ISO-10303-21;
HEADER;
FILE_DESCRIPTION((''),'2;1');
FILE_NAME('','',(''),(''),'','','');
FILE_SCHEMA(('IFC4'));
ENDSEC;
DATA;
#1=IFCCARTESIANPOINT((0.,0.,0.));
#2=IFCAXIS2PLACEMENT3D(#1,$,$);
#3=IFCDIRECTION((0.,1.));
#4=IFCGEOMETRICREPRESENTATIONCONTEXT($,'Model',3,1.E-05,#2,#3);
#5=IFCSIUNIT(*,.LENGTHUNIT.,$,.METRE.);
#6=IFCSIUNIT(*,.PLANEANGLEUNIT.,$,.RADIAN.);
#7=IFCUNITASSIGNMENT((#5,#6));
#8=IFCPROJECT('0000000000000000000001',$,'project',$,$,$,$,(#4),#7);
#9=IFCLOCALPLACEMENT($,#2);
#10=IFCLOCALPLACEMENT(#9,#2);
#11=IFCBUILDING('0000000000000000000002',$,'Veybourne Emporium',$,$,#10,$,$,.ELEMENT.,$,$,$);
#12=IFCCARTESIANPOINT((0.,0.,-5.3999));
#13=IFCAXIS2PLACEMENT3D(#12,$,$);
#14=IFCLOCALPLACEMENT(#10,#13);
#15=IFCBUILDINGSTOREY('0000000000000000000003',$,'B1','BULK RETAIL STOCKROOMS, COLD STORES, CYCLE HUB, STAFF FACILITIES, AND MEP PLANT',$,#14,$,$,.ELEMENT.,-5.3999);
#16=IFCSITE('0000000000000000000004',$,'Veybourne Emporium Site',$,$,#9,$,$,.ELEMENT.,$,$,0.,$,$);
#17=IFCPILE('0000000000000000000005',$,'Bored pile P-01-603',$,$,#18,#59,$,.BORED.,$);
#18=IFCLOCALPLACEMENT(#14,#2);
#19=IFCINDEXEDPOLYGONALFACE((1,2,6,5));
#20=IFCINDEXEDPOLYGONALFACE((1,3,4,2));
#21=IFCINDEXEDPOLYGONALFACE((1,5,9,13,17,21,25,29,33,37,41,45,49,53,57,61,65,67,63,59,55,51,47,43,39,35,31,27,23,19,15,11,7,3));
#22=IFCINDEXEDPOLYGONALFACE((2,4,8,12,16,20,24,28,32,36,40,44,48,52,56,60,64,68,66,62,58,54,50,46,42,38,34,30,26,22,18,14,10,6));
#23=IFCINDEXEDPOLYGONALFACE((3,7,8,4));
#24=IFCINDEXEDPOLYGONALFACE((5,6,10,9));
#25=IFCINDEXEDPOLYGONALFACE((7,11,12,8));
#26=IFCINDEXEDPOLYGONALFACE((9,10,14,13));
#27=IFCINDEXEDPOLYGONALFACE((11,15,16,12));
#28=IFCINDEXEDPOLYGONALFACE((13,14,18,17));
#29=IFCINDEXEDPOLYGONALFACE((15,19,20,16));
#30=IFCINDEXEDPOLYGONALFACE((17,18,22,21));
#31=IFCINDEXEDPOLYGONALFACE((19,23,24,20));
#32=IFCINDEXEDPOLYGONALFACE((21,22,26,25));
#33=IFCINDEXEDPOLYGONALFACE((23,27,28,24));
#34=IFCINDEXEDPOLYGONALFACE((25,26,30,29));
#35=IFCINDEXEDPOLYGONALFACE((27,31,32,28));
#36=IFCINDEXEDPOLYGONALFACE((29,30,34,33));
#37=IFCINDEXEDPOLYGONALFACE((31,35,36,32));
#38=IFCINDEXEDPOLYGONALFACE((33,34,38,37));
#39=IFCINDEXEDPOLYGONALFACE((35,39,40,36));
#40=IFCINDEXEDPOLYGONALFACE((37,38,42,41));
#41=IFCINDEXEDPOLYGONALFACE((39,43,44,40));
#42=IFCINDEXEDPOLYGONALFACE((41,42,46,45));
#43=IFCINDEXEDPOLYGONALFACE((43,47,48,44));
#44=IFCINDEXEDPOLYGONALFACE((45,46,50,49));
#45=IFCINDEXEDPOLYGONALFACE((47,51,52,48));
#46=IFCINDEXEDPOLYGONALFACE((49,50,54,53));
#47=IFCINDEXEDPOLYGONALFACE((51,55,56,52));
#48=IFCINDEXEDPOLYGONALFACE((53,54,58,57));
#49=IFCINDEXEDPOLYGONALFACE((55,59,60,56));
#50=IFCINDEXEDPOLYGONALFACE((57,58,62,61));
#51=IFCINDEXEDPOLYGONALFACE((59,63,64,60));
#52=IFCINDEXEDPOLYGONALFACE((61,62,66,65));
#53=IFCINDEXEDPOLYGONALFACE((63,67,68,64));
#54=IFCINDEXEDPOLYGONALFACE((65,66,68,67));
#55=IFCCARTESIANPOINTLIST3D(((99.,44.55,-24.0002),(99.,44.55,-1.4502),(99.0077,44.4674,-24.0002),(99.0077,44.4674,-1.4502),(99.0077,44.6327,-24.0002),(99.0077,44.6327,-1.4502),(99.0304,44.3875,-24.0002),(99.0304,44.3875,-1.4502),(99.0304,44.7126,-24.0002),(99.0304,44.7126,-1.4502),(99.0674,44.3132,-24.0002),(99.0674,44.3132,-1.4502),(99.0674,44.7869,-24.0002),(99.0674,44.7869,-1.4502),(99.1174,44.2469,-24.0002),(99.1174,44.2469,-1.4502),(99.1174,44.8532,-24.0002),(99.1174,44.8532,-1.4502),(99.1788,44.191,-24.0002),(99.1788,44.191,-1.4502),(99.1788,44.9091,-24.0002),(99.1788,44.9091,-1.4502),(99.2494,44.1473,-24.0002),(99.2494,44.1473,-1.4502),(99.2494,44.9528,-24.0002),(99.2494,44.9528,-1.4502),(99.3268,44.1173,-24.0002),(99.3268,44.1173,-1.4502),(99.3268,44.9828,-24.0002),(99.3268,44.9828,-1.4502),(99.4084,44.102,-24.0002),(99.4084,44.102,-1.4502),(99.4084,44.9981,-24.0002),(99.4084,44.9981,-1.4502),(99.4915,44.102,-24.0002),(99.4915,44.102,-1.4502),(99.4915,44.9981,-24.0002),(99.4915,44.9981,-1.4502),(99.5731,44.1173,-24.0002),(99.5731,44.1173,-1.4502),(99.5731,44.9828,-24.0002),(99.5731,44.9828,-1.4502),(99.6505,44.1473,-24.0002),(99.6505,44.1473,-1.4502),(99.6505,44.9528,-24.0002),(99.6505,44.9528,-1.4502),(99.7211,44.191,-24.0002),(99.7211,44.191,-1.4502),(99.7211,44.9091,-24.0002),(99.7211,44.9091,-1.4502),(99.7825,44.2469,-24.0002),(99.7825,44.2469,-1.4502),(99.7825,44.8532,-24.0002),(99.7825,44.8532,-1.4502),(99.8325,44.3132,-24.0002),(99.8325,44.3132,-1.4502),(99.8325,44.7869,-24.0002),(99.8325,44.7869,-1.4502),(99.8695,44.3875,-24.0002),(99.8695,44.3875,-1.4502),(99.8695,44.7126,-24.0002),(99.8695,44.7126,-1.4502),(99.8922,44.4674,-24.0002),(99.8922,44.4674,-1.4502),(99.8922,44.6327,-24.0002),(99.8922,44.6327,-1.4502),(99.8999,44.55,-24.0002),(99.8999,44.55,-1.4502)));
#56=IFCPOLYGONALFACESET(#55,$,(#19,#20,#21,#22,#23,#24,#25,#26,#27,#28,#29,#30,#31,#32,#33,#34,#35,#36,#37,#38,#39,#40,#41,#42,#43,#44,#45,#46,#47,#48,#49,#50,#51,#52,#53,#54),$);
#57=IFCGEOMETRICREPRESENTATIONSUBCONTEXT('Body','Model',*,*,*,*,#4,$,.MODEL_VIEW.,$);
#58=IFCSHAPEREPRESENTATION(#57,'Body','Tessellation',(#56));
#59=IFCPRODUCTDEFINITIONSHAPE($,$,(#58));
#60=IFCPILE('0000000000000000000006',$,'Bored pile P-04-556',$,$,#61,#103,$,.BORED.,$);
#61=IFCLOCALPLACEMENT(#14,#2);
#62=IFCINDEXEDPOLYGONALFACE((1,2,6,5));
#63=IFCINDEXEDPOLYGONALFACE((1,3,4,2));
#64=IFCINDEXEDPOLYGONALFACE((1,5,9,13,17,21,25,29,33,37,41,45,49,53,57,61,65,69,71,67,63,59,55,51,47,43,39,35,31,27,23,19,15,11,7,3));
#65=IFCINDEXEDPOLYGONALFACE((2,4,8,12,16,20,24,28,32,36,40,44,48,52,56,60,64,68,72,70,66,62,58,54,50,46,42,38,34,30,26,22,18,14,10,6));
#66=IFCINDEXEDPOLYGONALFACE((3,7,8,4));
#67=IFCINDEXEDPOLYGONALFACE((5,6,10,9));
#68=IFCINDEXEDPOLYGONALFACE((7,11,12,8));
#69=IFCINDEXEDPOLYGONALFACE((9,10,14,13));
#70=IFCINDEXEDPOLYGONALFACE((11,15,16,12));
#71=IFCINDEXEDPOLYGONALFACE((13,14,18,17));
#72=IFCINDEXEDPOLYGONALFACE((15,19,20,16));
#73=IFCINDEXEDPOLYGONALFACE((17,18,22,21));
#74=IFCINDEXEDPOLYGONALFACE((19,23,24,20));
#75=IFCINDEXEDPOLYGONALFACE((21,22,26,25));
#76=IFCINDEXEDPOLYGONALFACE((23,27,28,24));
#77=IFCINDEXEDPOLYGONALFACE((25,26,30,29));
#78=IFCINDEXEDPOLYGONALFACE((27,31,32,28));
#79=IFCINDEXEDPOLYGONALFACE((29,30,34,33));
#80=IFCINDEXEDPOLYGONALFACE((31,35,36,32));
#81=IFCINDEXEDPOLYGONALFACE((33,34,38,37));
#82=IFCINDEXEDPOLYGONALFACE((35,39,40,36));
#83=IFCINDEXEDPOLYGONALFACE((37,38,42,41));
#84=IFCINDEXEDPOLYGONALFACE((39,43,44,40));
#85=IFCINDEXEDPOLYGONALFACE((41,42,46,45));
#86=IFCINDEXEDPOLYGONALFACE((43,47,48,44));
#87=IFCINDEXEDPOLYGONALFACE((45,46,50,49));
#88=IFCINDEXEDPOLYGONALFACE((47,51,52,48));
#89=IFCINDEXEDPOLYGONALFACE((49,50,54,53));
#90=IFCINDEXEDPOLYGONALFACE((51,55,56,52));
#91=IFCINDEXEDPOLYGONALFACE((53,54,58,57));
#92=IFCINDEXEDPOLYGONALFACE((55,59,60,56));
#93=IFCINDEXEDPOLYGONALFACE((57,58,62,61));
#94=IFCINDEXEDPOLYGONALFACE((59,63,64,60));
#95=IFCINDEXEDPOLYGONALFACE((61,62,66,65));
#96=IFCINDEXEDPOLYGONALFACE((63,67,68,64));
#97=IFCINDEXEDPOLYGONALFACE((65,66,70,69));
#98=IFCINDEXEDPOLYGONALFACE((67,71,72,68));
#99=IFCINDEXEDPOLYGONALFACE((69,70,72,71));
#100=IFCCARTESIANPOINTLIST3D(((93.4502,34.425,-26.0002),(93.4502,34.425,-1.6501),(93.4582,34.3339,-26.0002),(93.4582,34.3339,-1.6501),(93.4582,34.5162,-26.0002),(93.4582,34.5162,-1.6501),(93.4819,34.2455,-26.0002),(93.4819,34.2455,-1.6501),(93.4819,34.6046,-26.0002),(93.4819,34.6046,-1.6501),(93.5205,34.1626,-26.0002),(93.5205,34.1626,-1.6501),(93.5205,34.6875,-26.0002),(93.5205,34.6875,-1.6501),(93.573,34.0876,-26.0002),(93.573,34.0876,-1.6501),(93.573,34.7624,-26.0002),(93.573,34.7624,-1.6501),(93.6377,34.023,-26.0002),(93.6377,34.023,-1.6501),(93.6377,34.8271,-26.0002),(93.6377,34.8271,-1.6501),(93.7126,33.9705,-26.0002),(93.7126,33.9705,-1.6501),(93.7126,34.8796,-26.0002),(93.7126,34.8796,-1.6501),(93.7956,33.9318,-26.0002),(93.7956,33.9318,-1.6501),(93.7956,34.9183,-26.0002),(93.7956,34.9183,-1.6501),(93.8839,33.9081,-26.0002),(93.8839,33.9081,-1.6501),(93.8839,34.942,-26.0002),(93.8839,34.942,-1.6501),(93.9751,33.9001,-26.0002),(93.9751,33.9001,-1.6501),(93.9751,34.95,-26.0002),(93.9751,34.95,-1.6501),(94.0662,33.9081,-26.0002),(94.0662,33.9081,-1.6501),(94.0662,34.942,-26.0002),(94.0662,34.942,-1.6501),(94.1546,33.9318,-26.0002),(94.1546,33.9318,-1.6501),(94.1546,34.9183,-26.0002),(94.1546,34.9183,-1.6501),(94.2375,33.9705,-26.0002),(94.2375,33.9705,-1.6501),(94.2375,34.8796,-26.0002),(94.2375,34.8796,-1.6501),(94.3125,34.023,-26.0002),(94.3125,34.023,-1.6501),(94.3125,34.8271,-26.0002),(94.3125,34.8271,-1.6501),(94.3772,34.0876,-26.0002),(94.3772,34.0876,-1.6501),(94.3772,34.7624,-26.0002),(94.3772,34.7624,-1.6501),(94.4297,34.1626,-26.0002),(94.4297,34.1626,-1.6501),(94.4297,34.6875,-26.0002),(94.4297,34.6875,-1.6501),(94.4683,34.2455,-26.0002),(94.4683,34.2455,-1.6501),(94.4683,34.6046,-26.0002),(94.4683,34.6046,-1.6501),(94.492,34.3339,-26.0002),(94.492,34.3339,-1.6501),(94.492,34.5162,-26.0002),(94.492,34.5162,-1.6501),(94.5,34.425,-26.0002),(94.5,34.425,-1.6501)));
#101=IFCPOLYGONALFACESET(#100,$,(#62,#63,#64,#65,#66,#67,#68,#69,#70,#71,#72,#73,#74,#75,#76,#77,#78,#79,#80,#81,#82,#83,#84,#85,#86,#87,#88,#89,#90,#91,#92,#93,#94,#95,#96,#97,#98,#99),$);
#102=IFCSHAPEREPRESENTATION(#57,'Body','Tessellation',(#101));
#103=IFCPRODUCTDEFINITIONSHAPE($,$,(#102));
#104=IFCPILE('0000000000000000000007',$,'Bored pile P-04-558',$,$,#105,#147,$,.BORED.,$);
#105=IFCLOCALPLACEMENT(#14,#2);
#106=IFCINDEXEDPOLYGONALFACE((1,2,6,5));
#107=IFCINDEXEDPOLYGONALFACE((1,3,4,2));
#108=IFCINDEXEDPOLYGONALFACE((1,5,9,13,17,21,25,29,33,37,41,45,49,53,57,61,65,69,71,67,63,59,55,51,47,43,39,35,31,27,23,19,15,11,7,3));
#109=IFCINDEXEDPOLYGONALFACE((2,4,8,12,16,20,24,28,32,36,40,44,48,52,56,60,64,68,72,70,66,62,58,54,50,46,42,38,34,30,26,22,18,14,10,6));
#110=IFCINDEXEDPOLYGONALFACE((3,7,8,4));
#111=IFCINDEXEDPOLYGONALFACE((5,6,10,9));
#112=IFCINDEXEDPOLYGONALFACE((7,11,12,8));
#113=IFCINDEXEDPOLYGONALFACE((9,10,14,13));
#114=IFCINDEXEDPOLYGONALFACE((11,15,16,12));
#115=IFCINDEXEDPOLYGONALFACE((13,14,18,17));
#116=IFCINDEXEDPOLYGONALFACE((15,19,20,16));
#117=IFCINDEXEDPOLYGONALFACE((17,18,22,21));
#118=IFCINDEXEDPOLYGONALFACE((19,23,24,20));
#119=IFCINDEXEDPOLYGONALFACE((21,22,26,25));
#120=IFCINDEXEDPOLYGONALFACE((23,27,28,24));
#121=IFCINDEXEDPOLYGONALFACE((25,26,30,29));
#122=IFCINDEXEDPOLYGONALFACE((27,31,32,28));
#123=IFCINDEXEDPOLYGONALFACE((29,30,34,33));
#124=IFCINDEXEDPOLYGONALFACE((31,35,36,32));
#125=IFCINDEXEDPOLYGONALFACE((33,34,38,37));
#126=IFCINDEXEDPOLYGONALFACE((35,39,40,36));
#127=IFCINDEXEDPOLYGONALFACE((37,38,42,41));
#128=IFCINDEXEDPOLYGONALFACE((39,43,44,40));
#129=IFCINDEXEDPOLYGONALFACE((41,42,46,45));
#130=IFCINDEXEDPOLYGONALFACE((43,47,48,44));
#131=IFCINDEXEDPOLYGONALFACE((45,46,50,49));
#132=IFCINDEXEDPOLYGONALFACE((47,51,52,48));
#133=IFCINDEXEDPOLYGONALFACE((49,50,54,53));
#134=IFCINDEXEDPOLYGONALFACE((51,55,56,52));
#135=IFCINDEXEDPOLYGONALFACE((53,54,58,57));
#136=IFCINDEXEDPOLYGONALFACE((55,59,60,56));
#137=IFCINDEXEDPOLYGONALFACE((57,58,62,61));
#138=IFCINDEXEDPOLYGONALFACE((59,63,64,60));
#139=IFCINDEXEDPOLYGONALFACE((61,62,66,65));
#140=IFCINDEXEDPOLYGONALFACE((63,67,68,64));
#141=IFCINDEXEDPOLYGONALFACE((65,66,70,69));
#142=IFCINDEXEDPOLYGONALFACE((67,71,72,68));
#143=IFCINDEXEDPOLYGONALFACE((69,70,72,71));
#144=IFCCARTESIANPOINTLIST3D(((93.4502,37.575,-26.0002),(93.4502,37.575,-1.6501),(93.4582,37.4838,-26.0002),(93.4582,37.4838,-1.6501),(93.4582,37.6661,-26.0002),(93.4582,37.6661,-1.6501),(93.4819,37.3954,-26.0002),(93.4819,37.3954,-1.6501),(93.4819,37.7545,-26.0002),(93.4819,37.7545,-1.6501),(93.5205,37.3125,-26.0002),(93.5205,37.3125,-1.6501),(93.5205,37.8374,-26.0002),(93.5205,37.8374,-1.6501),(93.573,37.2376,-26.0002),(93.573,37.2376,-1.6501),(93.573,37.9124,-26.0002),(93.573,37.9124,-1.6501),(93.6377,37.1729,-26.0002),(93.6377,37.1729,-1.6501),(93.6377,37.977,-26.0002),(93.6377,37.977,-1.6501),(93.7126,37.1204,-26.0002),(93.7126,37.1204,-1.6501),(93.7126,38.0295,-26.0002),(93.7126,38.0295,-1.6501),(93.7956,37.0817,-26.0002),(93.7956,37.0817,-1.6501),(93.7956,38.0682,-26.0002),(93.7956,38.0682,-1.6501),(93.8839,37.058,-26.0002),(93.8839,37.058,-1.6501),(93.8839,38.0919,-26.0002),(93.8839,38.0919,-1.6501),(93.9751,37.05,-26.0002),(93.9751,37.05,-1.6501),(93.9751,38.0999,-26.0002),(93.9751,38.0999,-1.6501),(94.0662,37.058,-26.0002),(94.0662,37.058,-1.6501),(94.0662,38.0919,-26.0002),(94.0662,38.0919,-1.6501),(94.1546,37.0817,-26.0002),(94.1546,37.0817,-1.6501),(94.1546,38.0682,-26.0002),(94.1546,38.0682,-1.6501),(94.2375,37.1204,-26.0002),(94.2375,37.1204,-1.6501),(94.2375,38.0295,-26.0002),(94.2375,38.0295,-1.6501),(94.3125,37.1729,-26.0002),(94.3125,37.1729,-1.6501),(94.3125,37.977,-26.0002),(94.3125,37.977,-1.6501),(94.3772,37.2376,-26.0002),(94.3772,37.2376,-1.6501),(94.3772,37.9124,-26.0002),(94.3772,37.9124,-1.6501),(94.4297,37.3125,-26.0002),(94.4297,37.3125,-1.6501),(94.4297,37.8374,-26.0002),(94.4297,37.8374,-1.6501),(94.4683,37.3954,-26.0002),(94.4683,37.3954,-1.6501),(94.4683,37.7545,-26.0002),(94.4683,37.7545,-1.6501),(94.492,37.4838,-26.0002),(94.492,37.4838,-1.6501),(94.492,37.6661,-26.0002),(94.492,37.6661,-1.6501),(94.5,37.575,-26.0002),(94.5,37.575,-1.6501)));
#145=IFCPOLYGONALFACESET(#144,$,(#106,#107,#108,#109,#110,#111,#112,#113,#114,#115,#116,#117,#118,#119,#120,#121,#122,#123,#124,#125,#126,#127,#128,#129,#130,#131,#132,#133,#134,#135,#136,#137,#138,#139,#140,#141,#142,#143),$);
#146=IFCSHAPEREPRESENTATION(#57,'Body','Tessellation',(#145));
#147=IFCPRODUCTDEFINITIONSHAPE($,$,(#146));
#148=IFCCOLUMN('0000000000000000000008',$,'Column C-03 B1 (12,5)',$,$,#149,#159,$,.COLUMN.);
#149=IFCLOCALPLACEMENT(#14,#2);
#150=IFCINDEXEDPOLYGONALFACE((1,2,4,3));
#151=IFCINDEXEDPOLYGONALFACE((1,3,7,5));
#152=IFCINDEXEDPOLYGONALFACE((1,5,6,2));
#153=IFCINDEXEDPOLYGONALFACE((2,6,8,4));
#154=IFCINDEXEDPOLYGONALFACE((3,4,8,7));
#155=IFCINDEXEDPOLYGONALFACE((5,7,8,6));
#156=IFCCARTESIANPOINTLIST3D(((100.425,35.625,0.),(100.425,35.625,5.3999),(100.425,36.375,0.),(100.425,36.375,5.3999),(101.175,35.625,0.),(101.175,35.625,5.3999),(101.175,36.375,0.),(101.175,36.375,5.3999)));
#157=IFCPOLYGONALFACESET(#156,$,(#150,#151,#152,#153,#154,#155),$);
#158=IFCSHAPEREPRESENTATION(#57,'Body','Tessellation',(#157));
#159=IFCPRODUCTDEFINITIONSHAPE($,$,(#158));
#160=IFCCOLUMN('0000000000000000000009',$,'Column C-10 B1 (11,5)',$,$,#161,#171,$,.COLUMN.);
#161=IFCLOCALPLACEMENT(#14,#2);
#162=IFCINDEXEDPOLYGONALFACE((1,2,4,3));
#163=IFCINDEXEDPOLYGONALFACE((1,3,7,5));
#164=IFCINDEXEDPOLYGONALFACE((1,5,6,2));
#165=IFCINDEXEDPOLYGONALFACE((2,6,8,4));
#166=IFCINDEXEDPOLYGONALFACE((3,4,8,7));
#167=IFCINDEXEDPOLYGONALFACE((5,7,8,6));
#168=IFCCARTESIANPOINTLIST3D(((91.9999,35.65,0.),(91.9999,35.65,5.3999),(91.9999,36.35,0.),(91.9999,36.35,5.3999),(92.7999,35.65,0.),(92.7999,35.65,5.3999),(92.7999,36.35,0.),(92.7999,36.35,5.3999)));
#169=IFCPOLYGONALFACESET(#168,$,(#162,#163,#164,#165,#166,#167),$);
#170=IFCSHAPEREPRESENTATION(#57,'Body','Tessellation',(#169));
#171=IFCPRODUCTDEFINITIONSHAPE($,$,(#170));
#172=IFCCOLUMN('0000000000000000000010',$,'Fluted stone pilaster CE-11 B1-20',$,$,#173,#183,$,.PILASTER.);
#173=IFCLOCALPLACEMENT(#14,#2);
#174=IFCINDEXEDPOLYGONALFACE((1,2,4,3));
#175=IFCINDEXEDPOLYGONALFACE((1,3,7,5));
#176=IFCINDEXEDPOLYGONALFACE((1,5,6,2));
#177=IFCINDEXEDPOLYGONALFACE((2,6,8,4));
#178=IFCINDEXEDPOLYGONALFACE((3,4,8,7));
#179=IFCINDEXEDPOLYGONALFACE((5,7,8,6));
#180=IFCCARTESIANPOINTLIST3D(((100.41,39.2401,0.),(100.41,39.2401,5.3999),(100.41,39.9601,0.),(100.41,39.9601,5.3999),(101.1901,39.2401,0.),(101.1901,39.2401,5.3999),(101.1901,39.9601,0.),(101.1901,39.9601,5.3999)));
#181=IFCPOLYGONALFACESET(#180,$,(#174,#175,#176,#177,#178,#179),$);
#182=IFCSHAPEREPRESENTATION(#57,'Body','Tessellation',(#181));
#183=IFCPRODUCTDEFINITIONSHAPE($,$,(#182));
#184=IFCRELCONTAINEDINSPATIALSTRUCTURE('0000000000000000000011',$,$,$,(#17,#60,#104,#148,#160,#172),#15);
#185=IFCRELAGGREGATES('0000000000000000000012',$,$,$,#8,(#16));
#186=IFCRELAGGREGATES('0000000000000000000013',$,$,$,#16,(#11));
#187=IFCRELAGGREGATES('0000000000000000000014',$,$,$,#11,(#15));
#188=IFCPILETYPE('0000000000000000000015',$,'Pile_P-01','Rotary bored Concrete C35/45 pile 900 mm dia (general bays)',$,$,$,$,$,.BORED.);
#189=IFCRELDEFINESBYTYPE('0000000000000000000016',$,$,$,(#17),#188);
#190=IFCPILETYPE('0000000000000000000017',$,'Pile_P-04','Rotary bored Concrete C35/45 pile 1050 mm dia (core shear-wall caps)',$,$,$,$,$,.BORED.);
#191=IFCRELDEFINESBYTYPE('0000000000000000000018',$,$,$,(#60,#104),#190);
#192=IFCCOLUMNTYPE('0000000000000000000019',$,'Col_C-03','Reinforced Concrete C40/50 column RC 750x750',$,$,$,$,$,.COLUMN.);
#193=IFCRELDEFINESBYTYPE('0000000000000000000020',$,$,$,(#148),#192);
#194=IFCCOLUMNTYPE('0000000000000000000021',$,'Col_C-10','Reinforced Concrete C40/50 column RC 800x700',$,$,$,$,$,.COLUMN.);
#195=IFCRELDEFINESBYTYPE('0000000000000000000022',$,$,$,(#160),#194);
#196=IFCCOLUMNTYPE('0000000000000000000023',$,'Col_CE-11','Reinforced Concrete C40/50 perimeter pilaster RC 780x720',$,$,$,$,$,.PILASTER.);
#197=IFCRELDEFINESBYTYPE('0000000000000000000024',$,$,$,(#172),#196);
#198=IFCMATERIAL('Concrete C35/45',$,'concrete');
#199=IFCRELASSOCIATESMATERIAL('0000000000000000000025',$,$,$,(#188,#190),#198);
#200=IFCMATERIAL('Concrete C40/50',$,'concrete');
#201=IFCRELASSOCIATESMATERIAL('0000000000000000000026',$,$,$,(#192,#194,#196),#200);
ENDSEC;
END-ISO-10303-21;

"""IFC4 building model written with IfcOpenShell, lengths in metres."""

from ifc_helpers import new_model, si_unit, direction, frame, origin, origin_2d, place, context, subcontext, project, spatial, rectangle, circle, extrude, material, material_profile, profile_set, type_object, element, save


model = new_model("IFC4")

# Units and contexts
model_context = context("Model", 3, precision=1e-05, world=origin(), true_north=direction((0.0, 1.0)))
body_context = subcontext(model_context, "Body", "Model", "MODEL_VIEW")
ifc_project = project(units=[si_unit("LENGTHUNIT", "METRE"), si_unit("PLANEANGLEUNIT", "RADIAN")], contexts=[model_context])

# Site, building, storey
site_placement = place(None, origin())
site = spatial("IfcSite", under=ifc_project, at=site_placement, Name="Veybourne Emporium Site", CompositionType="ELEMENT", RefElevation=0.0)
building_placement = place(site_placement, origin())
building = spatial("IfcBuilding", under=site, at=building_placement, Name="Veybourne Emporium", CompositionType="ELEMENT")
storey_placement = place(building_placement, frame((0.0, 0.0, -5.3999)))
storey = spatial("IfcBuildingStorey", under=building, at=storey_placement, Name="B1", Description="BULK RETAIL STOCKROOMS, COLD STORES, CYCLE HUB, STAFF FACILITIES, AND MEP PLANT", CompositionType="ELEMENT", Elevation=-5.3999)

# Shared definitions
ifc_material_1 = material(Name="Concrete C35/45", Category="concrete")

# Piles
ifc_material_profile_1 = material_profile(ifc_material_1, circle(Radius=0.45, at=origin_2d()), Name="BORED PILE 900")
ifc_profile_set_1 = profile_set([ifc_material_profile_1], Name="Concrete C35/45")
pile_type_1 = type_object("IfcPileType", Name="Pile_P-01", Description="Rotary bored Concrete C35/45 pile 900 mm dia (general bays)", PredefinedType="BORED", material=ifc_profile_set_1)
for number, where, z_axis, x_axis, name in (
    (1, (99.45, 44.55, -1.4502), (0.0, 0.0, -1.0), (1.0, 0.0, 0.0), "Bored pile P-01-603"),
):
    element("IfcPile", number, at=place(storey_placement, frame(where, z_axis=z_axis, x_axis=x_axis)), inside=storey, type_object=pile_type_1, Name=name, PredefinedType="BORED", context=body_context, shape_type="SweptSolid", body=[
        extrude(circle(Radius=0.45, at=origin_2d()), origin(), (0.0, 0.0, 1.0), 22.55),
    ])
ifc_material_profile_2 = material_profile(ifc_material_1, circle(Radius=0.5249, at=origin_2d()), Name="BORED PILE 1050")
ifc_profile_set_2 = profile_set([ifc_material_profile_2], Name="Concrete C35/45")
pile_type_2 = type_object("IfcPileType", Name="Pile_P-04", Description="Rotary bored Concrete C35/45 pile 1050 mm dia (core shear-wall caps)", PredefinedType="BORED", material=ifc_profile_set_2)
for number, where, z_axis, x_axis, name in (
    (2, (93.9751, 34.425, -1.6501), (0.0, 0.0, -1.0), (1.0, 0.0, 0.0), "Bored pile P-04-556"),
    (3, (93.9751, 37.575, -1.6501), (0.0, 0.0, -1.0), (1.0, 0.0, 0.0), "Bored pile P-04-558"),
):
    element("IfcPile", number, at=place(storey_placement, frame(where, z_axis=z_axis, x_axis=x_axis)), inside=storey, type_object=pile_type_2, Name=name, PredefinedType="BORED", context=body_context, shape_type="SweptSolid", body=[
        extrude(circle(Radius=0.5249, at=origin_2d()), origin(), (0.0, 0.0, 1.0), 24.3501),
    ])

# Columns
ifc_material_2 = material(Name="Concrete C40/50", Category="concrete")
ifc_material_profile_3 = material_profile(ifc_material_2, rectangle(XDim=0.75, YDim=0.75, at=origin_2d()), Name="RC 750x750")
ifc_profile_set_3 = profile_set([ifc_material_profile_3], Name="Concrete C40/50")
column_type_1 = type_object("IfcColumnType", Name="Col_C-03", Description="Reinforced Concrete C40/50 column RC 750x750", PredefinedType="COLUMN", material=ifc_profile_set_3)
column_1_placement = place(storey_placement, frame((100.8, 36.0, 0.0), z_axis=(0.0, 0.0, 1.0), x_axis=(1.0, 0.0, 0.0)))
element("IfcColumn", 4, at=column_1_placement, inside=storey, type_object=column_type_1, Name="Column C-03 B1 (12,5)", PredefinedType="COLUMN", context=body_context, shape_type="SweptSolid", body=[
    extrude(rectangle(XDim=0.75, YDim=0.75, at=origin_2d()), origin(), (0.0, 0.0, 1.0), 5.3999),
])
ifc_material_profile_4 = material_profile(ifc_material_2, rectangle(XDim=0.8, YDim=0.7, at=origin_2d()), Name="RC 800x700")
ifc_profile_set_4 = profile_set([ifc_material_profile_4], Name="Concrete C40/50")
column_type_2 = type_object("IfcColumnType", Name="Col_C-10", Description="Reinforced Concrete C40/50 column RC 800x700", PredefinedType="COLUMN", material=ifc_profile_set_4)
column_2_placement = place(storey_placement, frame((92.3999, 36.0, 0.0), z_axis=(0.0, 0.0, 1.0), x_axis=(1.0, 0.0, 0.0)))
element("IfcColumn", 5, at=column_2_placement, inside=storey, type_object=column_type_2, Name="Column C-10 B1 (11,5)", PredefinedType="COLUMN", context=body_context, shape_type="SweptSolid", body=[
    extrude(rectangle(XDim=0.8, YDim=0.7, at=origin_2d()), origin(), (0.0, 0.0, 1.0), 5.3999),
])
ifc_material_profile_5 = material_profile(ifc_material_2, rectangle(XDim=0.78, YDim=0.72, at=origin_2d()), Name="RC 780x720")
ifc_profile_set_5 = profile_set([ifc_material_profile_5], Name="Concrete C40/50")
column_type_3 = type_object("IfcColumnType", Name="Col_CE-11", Description="Reinforced Concrete C40/50 perimeter pilaster RC 780x720", PredefinedType="PILASTER", material=ifc_profile_set_5)
column_3_placement = place(storey_placement, frame((100.8, 39.6001, 0.0), z_axis=(0.0, 0.0, 1.0), x_axis=(1.0, 0.0, 0.0)))
element("IfcColumn", 6, at=column_3_placement, inside=storey, type_object=column_type_3, Name="Fluted stone pilaster CE-11 B1-20", PredefinedType="PILASTER", context=body_context, shape_type="SweptSolid", body=[
    extrude(rectangle(XDim=0.78, YDim=0.72, at=origin_2d()), origin(), (0.0, 0.0, 1.0), 5.3999),
])

save(model, "model.ifc")
